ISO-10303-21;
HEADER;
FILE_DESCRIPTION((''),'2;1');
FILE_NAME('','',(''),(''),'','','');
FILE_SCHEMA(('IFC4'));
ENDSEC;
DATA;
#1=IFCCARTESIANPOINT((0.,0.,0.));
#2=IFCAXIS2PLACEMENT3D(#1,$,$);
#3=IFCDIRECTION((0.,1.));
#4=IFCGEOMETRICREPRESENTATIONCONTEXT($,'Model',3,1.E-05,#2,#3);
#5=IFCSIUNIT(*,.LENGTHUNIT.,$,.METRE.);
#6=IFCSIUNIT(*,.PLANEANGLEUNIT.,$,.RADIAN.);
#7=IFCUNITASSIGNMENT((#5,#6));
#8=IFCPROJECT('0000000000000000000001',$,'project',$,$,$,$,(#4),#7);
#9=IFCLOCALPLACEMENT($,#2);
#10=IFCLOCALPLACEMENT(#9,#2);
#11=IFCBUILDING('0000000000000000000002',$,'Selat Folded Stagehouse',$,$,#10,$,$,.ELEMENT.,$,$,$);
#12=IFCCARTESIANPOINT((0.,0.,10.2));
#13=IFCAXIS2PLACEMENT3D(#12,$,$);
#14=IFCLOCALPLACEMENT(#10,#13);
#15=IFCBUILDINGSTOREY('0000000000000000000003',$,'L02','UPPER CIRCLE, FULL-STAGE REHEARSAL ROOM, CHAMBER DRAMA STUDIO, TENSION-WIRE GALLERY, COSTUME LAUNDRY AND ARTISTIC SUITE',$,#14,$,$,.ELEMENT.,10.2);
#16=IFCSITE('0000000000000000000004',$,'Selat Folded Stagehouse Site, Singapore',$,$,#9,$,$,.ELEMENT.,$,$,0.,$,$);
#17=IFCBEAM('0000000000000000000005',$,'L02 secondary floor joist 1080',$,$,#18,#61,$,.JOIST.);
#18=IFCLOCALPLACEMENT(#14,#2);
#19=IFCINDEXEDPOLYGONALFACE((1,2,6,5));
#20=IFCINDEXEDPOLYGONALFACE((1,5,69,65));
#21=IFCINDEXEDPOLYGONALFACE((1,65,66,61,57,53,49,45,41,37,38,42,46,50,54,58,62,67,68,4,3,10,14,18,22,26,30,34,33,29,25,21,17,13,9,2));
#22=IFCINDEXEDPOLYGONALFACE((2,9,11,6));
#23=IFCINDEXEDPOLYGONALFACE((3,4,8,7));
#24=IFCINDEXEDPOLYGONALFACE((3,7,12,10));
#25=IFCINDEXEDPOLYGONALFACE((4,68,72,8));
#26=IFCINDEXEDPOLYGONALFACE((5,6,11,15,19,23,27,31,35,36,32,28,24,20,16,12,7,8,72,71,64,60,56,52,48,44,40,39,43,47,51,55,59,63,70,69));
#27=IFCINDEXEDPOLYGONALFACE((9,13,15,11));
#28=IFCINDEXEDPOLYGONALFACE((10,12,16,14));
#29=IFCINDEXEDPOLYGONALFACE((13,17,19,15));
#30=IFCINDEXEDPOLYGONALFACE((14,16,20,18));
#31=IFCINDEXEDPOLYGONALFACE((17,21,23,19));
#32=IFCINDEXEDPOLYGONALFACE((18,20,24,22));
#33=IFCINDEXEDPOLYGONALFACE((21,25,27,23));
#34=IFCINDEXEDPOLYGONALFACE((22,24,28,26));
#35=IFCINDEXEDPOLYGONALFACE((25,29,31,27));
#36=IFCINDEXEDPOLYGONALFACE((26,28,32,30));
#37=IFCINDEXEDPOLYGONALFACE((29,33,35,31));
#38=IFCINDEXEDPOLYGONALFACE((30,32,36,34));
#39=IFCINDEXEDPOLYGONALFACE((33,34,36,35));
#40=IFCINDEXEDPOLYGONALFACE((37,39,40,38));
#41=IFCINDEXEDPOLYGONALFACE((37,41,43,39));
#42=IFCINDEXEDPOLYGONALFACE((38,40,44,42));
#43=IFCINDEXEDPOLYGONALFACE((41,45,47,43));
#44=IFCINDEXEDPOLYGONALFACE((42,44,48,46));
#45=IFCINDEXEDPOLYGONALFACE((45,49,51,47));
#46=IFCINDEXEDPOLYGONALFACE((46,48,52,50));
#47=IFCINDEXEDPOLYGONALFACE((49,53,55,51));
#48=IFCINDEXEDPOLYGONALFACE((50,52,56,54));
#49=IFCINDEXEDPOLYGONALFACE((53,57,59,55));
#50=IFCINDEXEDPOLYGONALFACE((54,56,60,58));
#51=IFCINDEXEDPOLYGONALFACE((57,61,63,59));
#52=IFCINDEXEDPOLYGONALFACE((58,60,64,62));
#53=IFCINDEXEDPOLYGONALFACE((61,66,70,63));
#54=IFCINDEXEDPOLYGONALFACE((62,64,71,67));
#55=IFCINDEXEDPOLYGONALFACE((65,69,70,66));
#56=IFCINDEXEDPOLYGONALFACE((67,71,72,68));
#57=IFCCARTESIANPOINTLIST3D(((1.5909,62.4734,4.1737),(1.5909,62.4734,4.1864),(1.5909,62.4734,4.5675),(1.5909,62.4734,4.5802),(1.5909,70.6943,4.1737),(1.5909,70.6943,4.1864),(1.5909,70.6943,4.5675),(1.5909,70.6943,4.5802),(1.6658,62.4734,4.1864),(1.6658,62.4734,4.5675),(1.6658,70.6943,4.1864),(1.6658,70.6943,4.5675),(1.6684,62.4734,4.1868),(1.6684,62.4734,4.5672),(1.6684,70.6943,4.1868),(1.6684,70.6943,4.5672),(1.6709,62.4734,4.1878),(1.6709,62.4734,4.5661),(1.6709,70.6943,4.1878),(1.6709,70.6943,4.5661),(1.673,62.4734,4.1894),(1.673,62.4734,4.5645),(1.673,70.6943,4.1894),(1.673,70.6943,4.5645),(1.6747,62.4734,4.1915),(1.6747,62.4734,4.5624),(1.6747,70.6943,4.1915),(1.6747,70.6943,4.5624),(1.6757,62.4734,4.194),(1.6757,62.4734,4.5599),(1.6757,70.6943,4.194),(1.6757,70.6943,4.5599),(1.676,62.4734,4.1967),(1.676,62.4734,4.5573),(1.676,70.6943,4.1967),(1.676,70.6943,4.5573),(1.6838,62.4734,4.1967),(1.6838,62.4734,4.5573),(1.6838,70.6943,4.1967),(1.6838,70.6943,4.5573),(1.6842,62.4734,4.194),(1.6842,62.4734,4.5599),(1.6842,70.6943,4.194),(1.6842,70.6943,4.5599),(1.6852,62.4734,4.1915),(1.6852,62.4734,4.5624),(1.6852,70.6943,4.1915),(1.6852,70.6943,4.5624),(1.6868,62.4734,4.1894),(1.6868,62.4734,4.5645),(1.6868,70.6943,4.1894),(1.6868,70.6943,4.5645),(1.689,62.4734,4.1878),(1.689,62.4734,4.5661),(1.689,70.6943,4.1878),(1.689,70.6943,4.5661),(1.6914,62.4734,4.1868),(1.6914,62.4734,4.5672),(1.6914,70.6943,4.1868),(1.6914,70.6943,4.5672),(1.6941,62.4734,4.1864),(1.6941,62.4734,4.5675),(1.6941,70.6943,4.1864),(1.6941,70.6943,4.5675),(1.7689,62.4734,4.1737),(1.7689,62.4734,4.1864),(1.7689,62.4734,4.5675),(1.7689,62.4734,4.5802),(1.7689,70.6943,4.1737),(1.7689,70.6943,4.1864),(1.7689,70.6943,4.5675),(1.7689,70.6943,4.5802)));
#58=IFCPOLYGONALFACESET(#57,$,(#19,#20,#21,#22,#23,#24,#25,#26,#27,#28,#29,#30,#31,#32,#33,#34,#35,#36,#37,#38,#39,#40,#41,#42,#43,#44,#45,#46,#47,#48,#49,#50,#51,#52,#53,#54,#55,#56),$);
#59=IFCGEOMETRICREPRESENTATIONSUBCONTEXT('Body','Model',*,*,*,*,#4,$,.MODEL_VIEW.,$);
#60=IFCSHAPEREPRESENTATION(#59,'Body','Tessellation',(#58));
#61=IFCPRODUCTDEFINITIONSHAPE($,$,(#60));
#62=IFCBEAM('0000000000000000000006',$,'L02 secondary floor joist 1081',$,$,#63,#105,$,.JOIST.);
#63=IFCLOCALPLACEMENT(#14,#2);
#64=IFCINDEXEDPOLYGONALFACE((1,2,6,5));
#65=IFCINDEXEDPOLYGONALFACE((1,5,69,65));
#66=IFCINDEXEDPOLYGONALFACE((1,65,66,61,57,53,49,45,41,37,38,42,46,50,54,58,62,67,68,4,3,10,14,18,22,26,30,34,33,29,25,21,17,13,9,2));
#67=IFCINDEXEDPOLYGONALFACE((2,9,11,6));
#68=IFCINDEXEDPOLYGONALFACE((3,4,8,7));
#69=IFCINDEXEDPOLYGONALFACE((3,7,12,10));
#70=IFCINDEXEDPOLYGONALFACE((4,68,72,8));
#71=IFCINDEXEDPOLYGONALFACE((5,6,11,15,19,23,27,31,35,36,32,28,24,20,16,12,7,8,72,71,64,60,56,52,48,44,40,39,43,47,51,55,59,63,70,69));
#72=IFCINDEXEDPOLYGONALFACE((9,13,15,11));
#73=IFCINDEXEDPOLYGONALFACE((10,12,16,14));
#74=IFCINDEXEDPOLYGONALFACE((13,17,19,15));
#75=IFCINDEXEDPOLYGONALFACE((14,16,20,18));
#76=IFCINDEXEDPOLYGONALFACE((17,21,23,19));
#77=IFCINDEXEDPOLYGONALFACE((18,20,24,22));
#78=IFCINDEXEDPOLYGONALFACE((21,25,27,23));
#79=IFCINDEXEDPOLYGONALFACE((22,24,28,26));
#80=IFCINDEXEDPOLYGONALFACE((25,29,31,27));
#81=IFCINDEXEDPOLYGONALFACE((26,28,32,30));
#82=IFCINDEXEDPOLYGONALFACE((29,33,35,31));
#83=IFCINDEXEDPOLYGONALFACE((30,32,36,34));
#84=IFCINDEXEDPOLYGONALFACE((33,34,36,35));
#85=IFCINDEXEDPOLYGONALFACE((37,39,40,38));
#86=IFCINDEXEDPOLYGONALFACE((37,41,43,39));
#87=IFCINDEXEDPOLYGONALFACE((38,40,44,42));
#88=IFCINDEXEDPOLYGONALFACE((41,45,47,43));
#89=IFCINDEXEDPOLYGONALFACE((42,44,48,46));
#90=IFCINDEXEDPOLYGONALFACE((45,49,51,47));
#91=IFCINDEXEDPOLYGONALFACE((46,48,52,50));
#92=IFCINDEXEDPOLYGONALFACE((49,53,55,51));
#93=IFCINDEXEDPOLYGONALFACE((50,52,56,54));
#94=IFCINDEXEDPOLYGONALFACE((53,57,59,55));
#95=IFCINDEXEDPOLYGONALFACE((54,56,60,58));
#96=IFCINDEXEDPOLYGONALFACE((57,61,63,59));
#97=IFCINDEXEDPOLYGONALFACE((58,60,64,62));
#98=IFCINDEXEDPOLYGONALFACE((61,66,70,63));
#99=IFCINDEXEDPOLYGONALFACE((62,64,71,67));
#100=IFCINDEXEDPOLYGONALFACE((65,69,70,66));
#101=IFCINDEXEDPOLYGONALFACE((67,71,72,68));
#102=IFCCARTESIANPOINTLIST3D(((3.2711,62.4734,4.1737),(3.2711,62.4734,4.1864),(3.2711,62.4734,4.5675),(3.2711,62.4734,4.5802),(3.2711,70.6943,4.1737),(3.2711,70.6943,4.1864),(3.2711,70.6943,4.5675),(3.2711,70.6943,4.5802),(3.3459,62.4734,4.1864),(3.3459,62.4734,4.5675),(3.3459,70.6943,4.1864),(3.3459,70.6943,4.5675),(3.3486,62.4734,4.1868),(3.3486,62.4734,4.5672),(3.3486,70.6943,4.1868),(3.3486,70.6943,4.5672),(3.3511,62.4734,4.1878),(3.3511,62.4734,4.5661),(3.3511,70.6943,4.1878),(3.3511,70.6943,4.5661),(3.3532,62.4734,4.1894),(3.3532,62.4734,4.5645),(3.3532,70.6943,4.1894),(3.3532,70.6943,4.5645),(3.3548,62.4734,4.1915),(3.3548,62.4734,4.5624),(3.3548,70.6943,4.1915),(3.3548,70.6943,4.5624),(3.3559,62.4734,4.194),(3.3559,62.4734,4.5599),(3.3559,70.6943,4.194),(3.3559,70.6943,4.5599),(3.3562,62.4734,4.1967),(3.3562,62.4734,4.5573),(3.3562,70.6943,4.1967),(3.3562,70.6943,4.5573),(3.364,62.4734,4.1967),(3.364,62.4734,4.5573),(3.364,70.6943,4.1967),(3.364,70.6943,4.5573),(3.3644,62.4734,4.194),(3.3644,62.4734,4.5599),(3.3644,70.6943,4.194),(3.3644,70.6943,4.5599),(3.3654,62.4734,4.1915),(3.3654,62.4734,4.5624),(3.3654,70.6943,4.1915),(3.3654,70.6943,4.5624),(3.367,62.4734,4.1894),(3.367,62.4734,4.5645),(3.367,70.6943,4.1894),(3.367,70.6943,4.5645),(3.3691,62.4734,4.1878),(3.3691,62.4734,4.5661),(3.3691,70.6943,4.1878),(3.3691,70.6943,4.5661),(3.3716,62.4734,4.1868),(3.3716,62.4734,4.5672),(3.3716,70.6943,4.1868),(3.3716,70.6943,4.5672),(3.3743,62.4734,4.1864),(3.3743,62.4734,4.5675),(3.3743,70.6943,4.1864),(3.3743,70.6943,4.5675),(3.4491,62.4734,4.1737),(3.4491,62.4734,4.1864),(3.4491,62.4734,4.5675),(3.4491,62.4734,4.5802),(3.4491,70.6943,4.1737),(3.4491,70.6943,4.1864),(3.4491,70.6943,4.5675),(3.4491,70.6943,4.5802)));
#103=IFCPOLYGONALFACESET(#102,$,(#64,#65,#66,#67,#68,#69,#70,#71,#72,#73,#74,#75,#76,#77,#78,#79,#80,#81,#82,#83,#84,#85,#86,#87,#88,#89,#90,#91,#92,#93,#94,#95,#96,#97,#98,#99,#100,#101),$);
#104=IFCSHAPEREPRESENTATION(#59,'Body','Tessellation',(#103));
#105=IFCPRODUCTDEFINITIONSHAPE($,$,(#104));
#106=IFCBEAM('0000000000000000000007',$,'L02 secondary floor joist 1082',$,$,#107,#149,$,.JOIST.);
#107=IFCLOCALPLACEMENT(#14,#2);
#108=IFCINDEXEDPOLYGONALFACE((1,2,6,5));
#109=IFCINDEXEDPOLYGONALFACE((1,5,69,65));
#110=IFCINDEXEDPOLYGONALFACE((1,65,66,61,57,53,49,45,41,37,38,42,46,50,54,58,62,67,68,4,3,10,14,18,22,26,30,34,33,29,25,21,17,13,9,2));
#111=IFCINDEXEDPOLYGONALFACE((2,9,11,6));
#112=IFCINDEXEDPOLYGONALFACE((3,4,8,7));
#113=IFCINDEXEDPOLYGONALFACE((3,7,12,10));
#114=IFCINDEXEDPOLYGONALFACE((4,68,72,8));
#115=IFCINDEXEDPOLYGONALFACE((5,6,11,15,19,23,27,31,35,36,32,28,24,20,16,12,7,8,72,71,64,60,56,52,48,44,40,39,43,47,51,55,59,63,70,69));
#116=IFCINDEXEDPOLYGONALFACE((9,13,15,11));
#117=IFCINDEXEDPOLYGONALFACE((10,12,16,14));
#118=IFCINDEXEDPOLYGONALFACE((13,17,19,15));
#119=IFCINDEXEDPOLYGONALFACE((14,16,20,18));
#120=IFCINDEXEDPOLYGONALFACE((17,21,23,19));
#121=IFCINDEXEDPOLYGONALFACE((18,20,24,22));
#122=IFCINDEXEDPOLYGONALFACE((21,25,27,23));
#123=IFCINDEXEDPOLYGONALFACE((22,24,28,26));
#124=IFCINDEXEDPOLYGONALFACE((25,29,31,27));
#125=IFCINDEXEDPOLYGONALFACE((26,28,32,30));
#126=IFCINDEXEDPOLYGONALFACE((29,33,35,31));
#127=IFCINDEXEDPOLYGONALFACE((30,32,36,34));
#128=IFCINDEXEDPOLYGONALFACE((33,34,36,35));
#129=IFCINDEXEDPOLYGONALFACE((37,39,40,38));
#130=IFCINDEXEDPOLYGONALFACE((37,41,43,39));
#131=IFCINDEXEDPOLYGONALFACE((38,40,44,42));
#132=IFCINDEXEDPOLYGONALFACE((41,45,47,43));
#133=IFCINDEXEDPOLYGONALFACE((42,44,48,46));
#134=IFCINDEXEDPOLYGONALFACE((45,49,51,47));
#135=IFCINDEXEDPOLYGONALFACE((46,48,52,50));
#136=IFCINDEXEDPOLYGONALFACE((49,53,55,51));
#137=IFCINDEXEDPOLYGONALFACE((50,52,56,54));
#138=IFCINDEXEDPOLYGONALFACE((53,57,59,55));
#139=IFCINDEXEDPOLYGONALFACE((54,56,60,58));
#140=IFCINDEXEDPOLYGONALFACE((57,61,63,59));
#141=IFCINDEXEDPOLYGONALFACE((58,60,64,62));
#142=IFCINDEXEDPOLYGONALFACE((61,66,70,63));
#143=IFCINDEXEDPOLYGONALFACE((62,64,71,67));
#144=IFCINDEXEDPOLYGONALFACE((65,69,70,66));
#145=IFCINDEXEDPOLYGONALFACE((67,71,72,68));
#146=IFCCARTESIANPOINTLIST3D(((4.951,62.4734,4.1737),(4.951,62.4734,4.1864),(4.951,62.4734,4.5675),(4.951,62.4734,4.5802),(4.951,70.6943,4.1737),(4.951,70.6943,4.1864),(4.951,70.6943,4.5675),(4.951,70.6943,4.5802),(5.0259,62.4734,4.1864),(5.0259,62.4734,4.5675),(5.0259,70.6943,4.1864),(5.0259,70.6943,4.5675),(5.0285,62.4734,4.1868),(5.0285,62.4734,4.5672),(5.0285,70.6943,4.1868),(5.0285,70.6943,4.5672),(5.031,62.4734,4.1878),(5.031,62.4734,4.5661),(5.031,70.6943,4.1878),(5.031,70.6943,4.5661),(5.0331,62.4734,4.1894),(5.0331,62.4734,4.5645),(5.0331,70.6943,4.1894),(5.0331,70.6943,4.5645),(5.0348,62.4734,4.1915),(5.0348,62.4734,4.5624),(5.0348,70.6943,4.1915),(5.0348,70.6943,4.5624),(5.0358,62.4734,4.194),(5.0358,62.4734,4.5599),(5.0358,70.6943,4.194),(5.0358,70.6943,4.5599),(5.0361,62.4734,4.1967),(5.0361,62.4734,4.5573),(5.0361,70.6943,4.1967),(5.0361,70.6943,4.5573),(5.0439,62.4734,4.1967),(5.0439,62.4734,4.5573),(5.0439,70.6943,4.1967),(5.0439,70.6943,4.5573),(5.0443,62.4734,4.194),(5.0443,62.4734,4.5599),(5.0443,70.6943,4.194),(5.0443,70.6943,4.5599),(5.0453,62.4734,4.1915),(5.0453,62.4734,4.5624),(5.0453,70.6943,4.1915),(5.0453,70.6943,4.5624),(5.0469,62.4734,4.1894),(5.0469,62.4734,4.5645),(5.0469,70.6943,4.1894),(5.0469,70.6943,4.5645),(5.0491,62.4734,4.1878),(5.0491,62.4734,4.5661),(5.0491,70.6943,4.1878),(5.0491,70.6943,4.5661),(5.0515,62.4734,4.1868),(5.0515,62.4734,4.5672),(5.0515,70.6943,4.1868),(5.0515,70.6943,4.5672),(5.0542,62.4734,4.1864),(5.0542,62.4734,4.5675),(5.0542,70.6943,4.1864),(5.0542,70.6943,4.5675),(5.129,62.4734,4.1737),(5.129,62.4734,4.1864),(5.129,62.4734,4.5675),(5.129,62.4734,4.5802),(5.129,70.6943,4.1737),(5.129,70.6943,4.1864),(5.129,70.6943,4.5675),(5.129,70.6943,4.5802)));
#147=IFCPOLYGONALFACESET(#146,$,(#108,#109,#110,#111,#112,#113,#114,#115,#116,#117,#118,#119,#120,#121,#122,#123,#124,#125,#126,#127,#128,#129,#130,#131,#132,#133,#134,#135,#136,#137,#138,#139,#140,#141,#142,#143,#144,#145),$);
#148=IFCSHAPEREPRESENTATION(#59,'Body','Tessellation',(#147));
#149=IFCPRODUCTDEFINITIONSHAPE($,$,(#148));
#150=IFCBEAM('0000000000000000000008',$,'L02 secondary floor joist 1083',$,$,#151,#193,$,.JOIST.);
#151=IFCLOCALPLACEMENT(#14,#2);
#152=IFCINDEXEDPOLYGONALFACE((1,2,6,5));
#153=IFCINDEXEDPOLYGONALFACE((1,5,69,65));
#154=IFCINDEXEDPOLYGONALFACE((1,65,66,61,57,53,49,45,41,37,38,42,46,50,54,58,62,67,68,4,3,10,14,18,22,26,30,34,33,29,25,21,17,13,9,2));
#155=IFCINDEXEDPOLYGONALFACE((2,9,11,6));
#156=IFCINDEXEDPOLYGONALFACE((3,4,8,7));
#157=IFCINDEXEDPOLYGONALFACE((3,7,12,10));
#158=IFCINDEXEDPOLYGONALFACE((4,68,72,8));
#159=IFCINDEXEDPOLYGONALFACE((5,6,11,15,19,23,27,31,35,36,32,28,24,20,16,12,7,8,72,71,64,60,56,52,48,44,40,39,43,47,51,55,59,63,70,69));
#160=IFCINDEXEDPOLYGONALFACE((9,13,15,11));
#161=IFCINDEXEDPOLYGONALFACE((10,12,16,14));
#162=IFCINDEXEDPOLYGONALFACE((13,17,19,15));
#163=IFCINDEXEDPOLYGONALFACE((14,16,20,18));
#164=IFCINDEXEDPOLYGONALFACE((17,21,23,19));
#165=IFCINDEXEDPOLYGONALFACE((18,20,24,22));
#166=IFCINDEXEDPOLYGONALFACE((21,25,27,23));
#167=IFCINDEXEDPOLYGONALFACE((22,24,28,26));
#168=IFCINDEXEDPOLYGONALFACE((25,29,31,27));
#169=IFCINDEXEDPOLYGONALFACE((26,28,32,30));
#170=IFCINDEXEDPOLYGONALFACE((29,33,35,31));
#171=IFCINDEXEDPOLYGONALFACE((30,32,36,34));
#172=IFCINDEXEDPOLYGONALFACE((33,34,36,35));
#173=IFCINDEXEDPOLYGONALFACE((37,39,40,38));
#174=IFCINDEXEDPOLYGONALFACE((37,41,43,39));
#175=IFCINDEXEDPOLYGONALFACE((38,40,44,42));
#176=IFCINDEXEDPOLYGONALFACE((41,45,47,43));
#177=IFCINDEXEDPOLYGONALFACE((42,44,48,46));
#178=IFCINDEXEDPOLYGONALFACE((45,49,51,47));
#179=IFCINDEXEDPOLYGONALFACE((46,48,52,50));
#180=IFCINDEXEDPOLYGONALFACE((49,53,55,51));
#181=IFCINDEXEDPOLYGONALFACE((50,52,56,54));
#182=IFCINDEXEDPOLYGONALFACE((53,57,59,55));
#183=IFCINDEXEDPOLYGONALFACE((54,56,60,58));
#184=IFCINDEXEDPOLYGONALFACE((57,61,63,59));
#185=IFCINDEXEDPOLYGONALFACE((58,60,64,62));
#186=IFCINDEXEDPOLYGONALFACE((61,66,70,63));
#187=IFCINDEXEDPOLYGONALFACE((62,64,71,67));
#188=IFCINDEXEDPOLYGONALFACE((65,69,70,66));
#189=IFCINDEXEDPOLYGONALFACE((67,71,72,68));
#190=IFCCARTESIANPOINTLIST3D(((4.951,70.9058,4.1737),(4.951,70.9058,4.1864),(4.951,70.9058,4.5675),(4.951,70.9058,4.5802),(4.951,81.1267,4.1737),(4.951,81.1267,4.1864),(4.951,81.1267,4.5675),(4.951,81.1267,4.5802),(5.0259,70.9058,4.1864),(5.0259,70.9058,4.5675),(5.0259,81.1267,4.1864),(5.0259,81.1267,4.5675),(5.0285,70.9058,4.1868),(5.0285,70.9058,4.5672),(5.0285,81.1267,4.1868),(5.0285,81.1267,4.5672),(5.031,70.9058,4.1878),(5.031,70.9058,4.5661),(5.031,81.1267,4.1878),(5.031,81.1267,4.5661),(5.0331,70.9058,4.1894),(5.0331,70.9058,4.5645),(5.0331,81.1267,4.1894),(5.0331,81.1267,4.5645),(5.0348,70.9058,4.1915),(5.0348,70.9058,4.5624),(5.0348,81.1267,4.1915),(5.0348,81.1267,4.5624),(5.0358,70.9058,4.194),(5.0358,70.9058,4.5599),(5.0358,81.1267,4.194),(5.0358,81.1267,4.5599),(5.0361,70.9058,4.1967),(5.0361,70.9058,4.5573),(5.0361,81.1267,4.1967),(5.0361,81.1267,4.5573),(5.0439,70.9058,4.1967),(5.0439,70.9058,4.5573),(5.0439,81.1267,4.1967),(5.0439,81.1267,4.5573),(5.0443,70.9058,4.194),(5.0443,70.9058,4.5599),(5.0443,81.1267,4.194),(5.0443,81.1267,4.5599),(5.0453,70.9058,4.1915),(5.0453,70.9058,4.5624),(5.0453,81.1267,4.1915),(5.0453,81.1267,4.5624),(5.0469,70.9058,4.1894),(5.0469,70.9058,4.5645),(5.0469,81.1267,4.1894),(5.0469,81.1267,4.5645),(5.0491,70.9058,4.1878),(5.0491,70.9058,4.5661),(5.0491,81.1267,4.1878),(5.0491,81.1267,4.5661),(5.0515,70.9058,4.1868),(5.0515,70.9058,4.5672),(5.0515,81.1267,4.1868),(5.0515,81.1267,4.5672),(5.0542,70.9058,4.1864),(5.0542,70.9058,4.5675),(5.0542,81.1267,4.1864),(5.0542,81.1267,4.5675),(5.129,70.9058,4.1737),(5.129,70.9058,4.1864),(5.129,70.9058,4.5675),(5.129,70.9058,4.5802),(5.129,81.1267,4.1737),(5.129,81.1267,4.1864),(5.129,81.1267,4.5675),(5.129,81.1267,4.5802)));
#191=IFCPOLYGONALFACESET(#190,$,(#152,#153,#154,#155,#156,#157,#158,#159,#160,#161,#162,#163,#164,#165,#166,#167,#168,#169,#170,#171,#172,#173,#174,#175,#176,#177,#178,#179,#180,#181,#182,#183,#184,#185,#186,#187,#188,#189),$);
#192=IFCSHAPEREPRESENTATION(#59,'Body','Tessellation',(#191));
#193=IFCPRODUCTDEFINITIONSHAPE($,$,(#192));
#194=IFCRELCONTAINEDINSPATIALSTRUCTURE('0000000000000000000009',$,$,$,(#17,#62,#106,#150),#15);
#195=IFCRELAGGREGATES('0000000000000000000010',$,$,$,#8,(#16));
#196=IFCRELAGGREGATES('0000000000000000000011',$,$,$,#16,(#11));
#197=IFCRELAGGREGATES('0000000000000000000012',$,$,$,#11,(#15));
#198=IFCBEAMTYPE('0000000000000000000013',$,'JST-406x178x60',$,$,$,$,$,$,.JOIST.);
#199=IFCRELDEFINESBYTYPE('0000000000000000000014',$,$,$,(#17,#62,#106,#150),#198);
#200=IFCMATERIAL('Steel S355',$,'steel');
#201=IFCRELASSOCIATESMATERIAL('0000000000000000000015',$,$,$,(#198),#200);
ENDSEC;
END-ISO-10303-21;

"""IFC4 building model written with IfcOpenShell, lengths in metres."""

from ifc_helpers import new_model, si_unit, direction, frame, origin, origin_2d, place, context, subcontext, project, spatial, i_section, extrude, material, material_profile, profile_set, type_object, element, save


model = new_model("IFC4")

# Units and contexts
model_context = context("Model", 3, precision=1e-05, world=origin(), true_north=direction((0.0, 1.0)))
body_context = subcontext(model_context, "Body", "Model", "MODEL_VIEW")
ifc_project = project(units=[si_unit("LENGTHUNIT", "METRE"), si_unit("PLANEANGLEUNIT", "RADIAN")], contexts=[model_context])

# Site, building, storey
site_placement = place(None, origin())
site = spatial("IfcSite", under=ifc_project, at=site_placement, Name="Selat Folded Stagehouse Site, Singapore", CompositionType="ELEMENT", RefElevation=0.0)
building_placement = place(site_placement, origin())
building = spatial("IfcBuilding", under=site, at=building_placement, Name="Selat Folded Stagehouse", CompositionType="ELEMENT")
storey_placement = place(building_placement, frame((0.0, 0.0, 10.2)))
storey = spatial("IfcBuildingStorey", under=building, at=storey_placement, Name="L02", Description="UPPER CIRCLE, FULL-STAGE REHEARSAL ROOM, CHAMBER DRAMA STUDIO, TENSION-WIRE GALLERY, COSTUME LAUNDRY AND ARTISTIC SUITE", CompositionType="ELEMENT", Elevation=10.2)

# Shared definitions
ifc_material_1 = material(Name="Steel S355", Category="steel")

# Beams
ifc_material_profile_1 = material_profile(ifc_material_1, i_section(OverallWidth=0.178, OverallDepth=0.4065, WebThickness=0.0078, FlangeThickness=0.0127, FilletRadius=0.0103, at=origin_2d()), Name="UKB 406x178x60")
ifc_profile_set_1 = profile_set([ifc_material_profile_1], Name="Steel S355")
beam_type_1 = type_object("IfcBeamType", Name="JST-406x178x60", PredefinedType="JOIST", material=ifc_profile_set_1)
for number, where, z_axis, x_axis, name in (
    (1, (1.6799, 62.4734, 4.377), (0.0, 1.0, 0.0), (-1.0, 0.0, 0.0), "L02 secondary floor joist 1080"),
    (2, (3.3601, 62.4734, 4.377), (0.0, 1.0, 0.0), (-1.0, 0.0, 0.0), "L02 secondary floor joist 1081"),
    (3, (5.04, 62.4734, 4.377), (0.0, 1.0, 0.0), (-1.0, 0.0, 0.0), "L02 secondary floor joist 1082"),
):
    element("IfcBeam", number, at=place(storey_placement, frame(where, z_axis=z_axis, x_axis=x_axis)), inside=storey, type_object=beam_type_1, Name=name, PredefinedType="JOIST", context=body_context, shape_type="SweptSolid", body=[
        extrude(i_section(OverallWidth=0.178, OverallDepth=0.4065, WebThickness=0.0078, FlangeThickness=0.0127, FilletRadius=0.0103, at=origin_2d()), origin(), (0.0, 0.0, 1.0), 8.2209),
    ])
beam_1_placement = place(storey_placement, frame((5.04, 70.9058, 4.377), z_axis=(0.0, 1.0, 0.0), x_axis=(-1.0, 0.0, 0.0)))
element("IfcBeam", 4, at=beam_1_placement, inside=storey, type_object=beam_type_1, Name="L02 secondary floor joist 1083", PredefinedType="JOIST", context=body_context, shape_type="SweptSolid", body=[
    extrude(i_section(OverallWidth=0.178, OverallDepth=0.4065, WebThickness=0.0078, FlangeThickness=0.0127, FilletRadius=0.0103, at=origin_2d()), origin(), (0.0, 0.0, 1.0), 10.2209),
])

save(model, "model.ifc")
